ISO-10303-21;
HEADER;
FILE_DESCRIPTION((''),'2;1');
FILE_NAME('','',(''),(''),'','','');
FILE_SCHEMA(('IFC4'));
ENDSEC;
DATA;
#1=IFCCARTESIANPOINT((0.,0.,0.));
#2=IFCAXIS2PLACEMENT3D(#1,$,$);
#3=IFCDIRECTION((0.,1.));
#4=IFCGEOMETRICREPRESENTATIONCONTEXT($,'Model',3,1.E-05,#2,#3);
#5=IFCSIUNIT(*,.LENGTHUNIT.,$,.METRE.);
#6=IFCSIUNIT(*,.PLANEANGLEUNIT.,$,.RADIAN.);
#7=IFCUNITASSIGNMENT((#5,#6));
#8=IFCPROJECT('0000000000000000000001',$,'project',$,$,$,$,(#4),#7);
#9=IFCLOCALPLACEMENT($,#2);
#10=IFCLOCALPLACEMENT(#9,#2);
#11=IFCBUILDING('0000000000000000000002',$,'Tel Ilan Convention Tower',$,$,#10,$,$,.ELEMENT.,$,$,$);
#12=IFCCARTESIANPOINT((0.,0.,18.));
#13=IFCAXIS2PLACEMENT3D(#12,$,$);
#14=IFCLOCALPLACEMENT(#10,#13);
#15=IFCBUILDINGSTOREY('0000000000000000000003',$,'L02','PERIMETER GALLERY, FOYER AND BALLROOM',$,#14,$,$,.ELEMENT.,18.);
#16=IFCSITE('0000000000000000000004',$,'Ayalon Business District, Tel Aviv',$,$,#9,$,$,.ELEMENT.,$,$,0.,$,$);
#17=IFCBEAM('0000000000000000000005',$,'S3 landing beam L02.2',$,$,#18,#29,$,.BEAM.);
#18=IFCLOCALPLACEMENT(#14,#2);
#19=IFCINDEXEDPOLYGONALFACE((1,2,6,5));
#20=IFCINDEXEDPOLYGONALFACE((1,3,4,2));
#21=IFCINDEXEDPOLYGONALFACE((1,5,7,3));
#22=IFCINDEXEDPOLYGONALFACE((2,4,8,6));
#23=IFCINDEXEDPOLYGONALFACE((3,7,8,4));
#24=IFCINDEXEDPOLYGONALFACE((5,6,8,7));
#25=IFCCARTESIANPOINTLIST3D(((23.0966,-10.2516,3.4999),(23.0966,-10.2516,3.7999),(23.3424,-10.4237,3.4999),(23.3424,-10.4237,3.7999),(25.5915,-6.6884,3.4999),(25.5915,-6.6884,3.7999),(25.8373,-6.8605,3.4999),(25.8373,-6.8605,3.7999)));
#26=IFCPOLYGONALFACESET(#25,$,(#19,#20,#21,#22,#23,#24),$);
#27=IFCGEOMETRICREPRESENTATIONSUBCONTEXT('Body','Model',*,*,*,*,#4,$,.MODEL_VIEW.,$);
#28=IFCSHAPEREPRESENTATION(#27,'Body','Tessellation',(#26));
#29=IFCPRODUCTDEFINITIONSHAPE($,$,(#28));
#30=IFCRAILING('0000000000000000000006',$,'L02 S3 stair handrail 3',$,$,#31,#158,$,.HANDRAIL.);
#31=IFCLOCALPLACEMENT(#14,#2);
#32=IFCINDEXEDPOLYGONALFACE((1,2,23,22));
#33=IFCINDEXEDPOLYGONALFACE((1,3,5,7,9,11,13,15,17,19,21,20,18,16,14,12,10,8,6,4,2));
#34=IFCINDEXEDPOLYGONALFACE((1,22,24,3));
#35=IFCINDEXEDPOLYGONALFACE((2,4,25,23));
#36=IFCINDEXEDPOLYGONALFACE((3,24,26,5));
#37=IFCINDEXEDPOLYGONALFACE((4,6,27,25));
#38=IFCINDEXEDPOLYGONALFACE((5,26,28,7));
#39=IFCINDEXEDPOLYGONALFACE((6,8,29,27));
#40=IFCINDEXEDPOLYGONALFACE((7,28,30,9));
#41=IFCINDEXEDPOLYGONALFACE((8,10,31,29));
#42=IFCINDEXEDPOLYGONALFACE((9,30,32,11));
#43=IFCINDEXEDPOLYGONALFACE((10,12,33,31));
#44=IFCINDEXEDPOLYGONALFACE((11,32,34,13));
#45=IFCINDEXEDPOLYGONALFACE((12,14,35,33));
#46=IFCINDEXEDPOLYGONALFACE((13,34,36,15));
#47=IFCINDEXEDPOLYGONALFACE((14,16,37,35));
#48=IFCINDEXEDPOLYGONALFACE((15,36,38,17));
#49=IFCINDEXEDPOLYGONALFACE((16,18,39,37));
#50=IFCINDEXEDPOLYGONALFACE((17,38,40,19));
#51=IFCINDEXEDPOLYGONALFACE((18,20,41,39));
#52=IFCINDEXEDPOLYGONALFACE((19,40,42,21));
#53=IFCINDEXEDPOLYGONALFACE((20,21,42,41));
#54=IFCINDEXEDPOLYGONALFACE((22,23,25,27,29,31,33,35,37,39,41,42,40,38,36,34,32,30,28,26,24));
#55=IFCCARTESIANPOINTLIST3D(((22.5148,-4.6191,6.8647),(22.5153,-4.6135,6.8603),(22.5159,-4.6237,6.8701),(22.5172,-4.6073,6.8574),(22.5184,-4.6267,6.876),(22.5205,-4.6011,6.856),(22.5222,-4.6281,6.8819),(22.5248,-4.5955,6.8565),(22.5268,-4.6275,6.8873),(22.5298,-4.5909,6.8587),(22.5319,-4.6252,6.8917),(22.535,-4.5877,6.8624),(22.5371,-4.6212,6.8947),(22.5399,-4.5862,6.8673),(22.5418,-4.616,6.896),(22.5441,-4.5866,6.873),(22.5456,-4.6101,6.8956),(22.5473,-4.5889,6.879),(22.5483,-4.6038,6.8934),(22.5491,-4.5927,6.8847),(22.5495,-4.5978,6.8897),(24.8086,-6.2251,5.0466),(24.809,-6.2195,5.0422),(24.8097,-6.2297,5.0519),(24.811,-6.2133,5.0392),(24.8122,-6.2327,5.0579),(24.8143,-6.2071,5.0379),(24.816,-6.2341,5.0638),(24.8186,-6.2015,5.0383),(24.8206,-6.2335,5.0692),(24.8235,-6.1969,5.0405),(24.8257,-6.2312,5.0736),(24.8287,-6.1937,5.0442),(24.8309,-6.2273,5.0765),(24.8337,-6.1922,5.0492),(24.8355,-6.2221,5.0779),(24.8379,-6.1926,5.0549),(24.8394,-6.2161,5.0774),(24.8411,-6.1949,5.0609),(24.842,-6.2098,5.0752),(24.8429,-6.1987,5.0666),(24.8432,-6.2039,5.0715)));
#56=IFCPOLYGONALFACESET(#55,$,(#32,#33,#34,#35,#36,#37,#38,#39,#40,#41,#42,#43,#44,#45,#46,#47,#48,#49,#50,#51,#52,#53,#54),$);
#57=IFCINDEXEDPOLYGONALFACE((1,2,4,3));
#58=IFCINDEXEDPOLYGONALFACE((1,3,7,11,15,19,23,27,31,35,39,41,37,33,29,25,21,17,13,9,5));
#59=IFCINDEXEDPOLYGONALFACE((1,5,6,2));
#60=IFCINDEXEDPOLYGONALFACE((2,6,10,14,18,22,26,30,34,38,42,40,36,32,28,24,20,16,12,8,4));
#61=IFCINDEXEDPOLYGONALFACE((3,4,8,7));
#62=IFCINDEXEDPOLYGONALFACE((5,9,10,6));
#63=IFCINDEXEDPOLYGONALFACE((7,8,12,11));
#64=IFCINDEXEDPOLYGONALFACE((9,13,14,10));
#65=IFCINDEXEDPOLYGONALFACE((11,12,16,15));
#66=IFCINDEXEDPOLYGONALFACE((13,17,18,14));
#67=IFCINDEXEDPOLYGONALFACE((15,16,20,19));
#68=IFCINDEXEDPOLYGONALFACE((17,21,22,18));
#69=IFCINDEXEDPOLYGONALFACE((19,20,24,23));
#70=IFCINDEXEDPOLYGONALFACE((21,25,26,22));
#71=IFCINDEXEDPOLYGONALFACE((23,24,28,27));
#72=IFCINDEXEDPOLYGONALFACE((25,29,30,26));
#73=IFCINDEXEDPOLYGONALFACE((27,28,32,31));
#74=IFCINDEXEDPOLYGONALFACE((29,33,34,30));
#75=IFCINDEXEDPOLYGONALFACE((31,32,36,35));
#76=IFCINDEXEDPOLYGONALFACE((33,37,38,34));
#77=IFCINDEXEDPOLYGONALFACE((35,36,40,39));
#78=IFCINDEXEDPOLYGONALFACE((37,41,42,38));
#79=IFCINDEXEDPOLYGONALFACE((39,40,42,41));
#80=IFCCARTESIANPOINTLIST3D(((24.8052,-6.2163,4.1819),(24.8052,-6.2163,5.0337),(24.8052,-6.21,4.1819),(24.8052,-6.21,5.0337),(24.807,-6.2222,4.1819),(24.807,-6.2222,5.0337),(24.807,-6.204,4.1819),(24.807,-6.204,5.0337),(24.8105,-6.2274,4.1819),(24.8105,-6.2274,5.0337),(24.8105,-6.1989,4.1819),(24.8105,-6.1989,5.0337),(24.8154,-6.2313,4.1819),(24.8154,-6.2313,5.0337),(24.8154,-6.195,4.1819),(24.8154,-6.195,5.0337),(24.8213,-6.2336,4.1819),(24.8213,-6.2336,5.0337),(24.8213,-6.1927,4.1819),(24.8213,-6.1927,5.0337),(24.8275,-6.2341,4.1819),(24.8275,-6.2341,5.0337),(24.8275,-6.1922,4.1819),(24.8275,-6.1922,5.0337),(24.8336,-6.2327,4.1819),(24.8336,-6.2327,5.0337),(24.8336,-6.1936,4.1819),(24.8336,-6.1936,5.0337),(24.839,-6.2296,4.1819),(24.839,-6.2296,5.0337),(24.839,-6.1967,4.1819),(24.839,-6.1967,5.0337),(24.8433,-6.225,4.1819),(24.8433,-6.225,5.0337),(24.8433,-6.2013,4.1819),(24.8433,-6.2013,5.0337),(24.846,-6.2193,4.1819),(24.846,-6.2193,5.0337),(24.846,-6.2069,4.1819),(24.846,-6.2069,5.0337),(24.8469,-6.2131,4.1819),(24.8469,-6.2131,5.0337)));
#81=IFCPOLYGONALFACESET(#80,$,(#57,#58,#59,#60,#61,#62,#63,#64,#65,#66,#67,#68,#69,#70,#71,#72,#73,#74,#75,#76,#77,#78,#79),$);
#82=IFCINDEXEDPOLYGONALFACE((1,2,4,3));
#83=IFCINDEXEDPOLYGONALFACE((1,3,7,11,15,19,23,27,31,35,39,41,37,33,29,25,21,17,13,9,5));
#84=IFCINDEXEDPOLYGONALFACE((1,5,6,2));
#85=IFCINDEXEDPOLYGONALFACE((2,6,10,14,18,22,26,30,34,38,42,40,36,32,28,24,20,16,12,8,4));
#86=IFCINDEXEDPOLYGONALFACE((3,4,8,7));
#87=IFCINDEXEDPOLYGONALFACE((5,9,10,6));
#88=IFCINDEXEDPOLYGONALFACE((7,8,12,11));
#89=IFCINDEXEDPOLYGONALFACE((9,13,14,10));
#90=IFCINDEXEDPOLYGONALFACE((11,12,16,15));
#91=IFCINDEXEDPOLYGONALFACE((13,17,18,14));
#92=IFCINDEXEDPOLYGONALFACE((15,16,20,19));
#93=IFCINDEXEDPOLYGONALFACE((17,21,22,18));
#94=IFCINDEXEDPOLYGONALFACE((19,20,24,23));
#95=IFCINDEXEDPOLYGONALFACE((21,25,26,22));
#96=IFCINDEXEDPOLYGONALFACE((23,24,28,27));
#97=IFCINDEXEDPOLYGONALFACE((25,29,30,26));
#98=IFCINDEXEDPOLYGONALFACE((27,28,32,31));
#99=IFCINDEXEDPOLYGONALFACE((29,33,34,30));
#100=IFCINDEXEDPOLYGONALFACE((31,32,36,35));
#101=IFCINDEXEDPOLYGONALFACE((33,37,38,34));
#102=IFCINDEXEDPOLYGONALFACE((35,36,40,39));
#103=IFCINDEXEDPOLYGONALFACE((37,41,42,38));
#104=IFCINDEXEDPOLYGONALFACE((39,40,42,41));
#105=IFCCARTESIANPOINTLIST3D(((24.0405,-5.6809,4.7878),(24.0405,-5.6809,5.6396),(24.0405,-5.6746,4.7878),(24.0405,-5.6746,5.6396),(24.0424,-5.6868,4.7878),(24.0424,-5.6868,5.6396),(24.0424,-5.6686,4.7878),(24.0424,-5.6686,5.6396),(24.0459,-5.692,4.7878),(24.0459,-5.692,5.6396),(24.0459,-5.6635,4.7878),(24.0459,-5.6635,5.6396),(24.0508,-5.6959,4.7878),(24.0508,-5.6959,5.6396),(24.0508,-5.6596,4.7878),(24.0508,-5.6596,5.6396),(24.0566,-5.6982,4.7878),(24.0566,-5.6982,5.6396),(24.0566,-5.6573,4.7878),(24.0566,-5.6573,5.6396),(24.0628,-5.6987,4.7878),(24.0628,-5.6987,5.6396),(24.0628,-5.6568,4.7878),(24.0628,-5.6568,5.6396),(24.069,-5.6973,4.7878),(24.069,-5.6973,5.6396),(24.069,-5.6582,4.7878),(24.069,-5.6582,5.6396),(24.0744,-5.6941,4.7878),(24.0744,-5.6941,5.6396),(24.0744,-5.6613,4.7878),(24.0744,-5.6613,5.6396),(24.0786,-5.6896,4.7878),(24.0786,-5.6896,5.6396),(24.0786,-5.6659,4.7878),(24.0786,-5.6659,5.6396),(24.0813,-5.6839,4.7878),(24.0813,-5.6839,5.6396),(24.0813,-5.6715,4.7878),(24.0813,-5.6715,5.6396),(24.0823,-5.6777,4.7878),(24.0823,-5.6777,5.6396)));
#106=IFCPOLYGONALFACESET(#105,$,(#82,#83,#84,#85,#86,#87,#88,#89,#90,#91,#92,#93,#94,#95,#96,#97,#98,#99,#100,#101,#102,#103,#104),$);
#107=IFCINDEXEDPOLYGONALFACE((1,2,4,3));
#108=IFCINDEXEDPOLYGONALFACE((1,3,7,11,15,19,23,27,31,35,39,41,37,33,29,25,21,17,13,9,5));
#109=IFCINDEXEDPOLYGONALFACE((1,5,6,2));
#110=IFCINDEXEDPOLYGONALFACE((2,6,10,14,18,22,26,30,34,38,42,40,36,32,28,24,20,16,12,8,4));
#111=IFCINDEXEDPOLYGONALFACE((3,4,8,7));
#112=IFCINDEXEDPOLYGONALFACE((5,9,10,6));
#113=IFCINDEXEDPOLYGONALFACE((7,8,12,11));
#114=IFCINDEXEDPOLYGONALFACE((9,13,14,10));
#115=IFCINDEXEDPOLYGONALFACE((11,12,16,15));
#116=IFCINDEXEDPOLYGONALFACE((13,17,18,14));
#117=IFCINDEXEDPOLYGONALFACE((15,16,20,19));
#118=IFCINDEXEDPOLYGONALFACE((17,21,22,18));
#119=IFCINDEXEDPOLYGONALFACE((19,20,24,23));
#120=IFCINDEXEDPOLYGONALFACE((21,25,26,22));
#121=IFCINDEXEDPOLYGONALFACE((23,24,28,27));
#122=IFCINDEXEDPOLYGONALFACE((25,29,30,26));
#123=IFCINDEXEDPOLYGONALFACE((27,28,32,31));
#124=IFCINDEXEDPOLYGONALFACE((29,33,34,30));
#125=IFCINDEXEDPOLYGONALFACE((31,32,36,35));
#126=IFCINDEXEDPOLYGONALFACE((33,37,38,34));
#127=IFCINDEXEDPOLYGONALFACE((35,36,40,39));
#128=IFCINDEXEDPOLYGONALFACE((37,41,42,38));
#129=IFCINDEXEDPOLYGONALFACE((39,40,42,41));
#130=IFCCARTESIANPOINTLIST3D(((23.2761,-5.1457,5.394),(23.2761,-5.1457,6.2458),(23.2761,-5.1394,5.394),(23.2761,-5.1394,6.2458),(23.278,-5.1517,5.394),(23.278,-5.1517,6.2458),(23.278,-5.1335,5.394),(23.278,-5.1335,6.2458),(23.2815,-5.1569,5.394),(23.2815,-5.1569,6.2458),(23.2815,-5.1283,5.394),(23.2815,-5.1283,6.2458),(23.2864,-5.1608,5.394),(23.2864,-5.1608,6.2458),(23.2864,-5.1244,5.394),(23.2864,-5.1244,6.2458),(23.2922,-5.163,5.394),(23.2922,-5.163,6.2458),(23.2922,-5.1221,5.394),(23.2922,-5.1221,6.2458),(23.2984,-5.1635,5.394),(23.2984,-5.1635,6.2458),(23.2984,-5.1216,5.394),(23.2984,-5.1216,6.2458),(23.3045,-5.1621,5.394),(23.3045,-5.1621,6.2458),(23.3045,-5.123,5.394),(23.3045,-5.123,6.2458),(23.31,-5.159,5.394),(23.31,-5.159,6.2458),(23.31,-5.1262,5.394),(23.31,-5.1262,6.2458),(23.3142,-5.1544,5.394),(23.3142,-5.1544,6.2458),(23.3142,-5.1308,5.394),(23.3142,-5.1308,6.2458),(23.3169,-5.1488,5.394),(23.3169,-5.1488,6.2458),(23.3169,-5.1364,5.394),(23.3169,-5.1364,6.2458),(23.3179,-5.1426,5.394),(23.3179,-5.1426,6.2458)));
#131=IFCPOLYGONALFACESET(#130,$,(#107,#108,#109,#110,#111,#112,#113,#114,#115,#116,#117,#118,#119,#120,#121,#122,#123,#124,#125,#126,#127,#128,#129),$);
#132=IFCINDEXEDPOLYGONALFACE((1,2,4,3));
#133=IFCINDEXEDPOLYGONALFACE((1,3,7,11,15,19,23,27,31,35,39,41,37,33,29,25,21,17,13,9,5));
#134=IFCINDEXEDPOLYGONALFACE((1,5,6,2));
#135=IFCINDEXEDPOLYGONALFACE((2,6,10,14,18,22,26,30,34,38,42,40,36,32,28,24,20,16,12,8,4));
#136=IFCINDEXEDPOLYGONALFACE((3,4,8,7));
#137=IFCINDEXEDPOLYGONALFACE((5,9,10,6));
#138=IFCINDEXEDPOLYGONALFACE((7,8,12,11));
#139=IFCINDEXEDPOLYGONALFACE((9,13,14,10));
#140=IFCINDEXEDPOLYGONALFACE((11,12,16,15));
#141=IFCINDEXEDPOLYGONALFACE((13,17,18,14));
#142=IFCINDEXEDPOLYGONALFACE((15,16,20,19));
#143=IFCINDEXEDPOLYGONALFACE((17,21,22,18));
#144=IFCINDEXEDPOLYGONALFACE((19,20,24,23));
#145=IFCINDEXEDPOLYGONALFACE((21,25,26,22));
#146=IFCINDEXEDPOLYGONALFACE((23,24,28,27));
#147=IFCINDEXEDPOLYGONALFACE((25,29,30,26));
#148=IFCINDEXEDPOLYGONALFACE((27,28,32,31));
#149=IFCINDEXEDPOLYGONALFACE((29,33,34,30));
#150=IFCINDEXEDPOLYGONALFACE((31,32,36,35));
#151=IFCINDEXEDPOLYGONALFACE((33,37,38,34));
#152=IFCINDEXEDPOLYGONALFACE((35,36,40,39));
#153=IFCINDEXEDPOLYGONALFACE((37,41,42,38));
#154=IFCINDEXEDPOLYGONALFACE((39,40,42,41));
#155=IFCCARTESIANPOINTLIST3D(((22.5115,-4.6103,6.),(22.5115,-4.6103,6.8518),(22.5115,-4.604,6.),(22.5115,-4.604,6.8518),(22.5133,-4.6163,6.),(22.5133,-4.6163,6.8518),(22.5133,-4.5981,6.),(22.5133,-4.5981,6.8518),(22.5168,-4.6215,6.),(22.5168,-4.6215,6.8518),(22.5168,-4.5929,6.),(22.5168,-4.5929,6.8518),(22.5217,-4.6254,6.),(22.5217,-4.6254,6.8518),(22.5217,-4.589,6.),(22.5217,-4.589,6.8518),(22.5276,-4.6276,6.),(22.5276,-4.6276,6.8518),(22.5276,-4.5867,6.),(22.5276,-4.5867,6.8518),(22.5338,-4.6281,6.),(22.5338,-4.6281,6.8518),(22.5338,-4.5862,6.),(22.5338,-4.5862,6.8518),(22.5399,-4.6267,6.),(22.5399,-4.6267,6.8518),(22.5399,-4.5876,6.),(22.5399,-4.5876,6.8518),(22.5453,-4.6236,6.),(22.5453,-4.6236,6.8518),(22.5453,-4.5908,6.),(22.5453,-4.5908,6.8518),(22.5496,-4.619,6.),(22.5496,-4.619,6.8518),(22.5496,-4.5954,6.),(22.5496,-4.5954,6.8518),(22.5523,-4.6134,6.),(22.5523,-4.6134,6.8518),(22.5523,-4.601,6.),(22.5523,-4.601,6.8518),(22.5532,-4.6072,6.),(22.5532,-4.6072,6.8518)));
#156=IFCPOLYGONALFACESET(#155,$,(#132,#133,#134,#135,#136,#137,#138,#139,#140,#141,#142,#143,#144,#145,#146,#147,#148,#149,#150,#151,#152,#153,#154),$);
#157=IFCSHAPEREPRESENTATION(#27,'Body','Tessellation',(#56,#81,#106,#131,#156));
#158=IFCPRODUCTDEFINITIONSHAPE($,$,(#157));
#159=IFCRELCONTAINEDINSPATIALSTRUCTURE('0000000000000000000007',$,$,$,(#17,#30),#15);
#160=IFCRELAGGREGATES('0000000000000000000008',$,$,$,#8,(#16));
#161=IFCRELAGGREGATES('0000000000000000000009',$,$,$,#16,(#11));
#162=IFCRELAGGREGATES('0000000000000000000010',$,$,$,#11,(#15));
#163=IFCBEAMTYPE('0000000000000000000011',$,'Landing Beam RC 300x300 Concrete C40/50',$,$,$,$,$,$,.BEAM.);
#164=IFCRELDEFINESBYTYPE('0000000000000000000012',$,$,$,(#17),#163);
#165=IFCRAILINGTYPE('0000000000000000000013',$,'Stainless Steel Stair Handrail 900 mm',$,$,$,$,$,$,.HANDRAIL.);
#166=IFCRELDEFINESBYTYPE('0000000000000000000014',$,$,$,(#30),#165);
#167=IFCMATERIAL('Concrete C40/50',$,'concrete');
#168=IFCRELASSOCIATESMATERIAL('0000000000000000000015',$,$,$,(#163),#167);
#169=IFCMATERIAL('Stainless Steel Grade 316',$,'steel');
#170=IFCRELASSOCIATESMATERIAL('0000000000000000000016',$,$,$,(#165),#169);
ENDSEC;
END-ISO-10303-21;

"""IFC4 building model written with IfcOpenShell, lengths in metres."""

from ifc_helpers import new_model, si_unit, direction, frame, origin, origin_2d, place, context, subcontext, project, spatial, rectangle, circle, extrude, material, material_profile, profile_set, type_object, element, save


model = new_model("IFC4")

# Units and contexts
model_context = context("Model", 3, precision=1e-05, world=origin(), true_north=direction((0.0, 1.0)))
body_context = subcontext(model_context, "Body", "Model", "MODEL_VIEW")
ifc_project = project(units=[si_unit("LENGTHUNIT", "METRE"), si_unit("PLANEANGLEUNIT", "RADIAN")], contexts=[model_context])

# Site, building, storey
site_placement = place(None, origin())
site = spatial("IfcSite", under=ifc_project, at=site_placement, Name="Ayalon Business District, Tel Aviv", CompositionType="ELEMENT", RefElevation=0.0)
building_placement = place(site_placement, origin())
building = spatial("IfcBuilding", under=site, at=building_placement, Name="Tel Ilan Convention Tower", CompositionType="ELEMENT")
storey_placement = place(building_placement, frame((0.0, 0.0, 18.0)))
storey = spatial("IfcBuildingStorey", under=building, at=storey_placement, Name="L02", Description="PERIMETER GALLERY, FOYER AND BALLROOM", CompositionType="ELEMENT", Elevation=18.0)

# Beam
ifc_material_1 = material(Name="Concrete C40/50", Category="concrete")
ifc_material_profile = material_profile(ifc_material_1, rectangle(XDim=0.3, YDim=0.3, at=origin_2d()), Name="RC 300x300")
ifc_profile_set = profile_set([ifc_material_profile], Name="Concrete C40/50")
beam_type = type_object("IfcBeamType", Name="Landing Beam RC 300x300 Concrete C40/50", PredefinedType="BEAM", material=ifc_profile_set)
beam_placement = place(storey_placement, frame((25.7144, -6.7744, 3.6499), z_axis=(-0.573557, -0.819166, 0.0), x_axis=(0.819166, -0.573557, 0.0)))
element("IfcBeam", 1, at=beam_placement, inside=storey, type_object=beam_type, Name="S3 landing beam L02.2", PredefinedType="BEAM", context=body_context, shape_type="SweptSolid", body=[
    extrude(rectangle(XDim=0.3, YDim=0.3, at=origin_2d()), origin(), (0.0, 0.0, 1.0), 4.3499),
])

# Railing
ifc_material_2 = material(Name="Stainless Steel Grade 316", Category="steel")
railing_type = type_object("IfcRailingType", Name="Stainless Steel Stair Handrail 900 mm", PredefinedType="HANDRAIL", material=ifc_material_2)
railing_placement = place(storey_placement, frame((24.8259, -6.2131, 4.1819)))
element("IfcRailing", 2, at=railing_placement, inside=storey, type_object=railing_type, Name="L02 S3 stair handrail 3", PredefinedType="HANDRAIL", context=body_context, shape_type="SweptSolid", body=[
    extrude(circle(Radius=0.0239, at=origin_2d()), frame((0.0, 0.0, 0.876), z_axis=(-0.687042, 0.481039, 0.544587), x_axis=(-0.57355, -0.81917, 0.0)), (0.0, 0.0, 1.0), 3.3386),
    extrude(circle(Radius=0.021, at=origin_2d()), origin(), (0.0, 0.0, 1.0), 0.8518),
    extrude(circle(Radius=0.021, at=origin_2d()), frame((-0.7646, 0.5354, 0.606)), (0.0, 0.0, 1.0), 0.8518),
    extrude(circle(Radius=0.021, at=origin_2d()), frame((-1.5291, 1.0706, 1.2122)), (0.0, 0.0, 1.0), 0.8518),
    extrude(circle(Radius=0.021, at=origin_2d()), frame((-2.2937, 1.606, 1.8181)), (0.0, 0.0, 1.0), 0.8518),
])

save(model, "model.ifc")
